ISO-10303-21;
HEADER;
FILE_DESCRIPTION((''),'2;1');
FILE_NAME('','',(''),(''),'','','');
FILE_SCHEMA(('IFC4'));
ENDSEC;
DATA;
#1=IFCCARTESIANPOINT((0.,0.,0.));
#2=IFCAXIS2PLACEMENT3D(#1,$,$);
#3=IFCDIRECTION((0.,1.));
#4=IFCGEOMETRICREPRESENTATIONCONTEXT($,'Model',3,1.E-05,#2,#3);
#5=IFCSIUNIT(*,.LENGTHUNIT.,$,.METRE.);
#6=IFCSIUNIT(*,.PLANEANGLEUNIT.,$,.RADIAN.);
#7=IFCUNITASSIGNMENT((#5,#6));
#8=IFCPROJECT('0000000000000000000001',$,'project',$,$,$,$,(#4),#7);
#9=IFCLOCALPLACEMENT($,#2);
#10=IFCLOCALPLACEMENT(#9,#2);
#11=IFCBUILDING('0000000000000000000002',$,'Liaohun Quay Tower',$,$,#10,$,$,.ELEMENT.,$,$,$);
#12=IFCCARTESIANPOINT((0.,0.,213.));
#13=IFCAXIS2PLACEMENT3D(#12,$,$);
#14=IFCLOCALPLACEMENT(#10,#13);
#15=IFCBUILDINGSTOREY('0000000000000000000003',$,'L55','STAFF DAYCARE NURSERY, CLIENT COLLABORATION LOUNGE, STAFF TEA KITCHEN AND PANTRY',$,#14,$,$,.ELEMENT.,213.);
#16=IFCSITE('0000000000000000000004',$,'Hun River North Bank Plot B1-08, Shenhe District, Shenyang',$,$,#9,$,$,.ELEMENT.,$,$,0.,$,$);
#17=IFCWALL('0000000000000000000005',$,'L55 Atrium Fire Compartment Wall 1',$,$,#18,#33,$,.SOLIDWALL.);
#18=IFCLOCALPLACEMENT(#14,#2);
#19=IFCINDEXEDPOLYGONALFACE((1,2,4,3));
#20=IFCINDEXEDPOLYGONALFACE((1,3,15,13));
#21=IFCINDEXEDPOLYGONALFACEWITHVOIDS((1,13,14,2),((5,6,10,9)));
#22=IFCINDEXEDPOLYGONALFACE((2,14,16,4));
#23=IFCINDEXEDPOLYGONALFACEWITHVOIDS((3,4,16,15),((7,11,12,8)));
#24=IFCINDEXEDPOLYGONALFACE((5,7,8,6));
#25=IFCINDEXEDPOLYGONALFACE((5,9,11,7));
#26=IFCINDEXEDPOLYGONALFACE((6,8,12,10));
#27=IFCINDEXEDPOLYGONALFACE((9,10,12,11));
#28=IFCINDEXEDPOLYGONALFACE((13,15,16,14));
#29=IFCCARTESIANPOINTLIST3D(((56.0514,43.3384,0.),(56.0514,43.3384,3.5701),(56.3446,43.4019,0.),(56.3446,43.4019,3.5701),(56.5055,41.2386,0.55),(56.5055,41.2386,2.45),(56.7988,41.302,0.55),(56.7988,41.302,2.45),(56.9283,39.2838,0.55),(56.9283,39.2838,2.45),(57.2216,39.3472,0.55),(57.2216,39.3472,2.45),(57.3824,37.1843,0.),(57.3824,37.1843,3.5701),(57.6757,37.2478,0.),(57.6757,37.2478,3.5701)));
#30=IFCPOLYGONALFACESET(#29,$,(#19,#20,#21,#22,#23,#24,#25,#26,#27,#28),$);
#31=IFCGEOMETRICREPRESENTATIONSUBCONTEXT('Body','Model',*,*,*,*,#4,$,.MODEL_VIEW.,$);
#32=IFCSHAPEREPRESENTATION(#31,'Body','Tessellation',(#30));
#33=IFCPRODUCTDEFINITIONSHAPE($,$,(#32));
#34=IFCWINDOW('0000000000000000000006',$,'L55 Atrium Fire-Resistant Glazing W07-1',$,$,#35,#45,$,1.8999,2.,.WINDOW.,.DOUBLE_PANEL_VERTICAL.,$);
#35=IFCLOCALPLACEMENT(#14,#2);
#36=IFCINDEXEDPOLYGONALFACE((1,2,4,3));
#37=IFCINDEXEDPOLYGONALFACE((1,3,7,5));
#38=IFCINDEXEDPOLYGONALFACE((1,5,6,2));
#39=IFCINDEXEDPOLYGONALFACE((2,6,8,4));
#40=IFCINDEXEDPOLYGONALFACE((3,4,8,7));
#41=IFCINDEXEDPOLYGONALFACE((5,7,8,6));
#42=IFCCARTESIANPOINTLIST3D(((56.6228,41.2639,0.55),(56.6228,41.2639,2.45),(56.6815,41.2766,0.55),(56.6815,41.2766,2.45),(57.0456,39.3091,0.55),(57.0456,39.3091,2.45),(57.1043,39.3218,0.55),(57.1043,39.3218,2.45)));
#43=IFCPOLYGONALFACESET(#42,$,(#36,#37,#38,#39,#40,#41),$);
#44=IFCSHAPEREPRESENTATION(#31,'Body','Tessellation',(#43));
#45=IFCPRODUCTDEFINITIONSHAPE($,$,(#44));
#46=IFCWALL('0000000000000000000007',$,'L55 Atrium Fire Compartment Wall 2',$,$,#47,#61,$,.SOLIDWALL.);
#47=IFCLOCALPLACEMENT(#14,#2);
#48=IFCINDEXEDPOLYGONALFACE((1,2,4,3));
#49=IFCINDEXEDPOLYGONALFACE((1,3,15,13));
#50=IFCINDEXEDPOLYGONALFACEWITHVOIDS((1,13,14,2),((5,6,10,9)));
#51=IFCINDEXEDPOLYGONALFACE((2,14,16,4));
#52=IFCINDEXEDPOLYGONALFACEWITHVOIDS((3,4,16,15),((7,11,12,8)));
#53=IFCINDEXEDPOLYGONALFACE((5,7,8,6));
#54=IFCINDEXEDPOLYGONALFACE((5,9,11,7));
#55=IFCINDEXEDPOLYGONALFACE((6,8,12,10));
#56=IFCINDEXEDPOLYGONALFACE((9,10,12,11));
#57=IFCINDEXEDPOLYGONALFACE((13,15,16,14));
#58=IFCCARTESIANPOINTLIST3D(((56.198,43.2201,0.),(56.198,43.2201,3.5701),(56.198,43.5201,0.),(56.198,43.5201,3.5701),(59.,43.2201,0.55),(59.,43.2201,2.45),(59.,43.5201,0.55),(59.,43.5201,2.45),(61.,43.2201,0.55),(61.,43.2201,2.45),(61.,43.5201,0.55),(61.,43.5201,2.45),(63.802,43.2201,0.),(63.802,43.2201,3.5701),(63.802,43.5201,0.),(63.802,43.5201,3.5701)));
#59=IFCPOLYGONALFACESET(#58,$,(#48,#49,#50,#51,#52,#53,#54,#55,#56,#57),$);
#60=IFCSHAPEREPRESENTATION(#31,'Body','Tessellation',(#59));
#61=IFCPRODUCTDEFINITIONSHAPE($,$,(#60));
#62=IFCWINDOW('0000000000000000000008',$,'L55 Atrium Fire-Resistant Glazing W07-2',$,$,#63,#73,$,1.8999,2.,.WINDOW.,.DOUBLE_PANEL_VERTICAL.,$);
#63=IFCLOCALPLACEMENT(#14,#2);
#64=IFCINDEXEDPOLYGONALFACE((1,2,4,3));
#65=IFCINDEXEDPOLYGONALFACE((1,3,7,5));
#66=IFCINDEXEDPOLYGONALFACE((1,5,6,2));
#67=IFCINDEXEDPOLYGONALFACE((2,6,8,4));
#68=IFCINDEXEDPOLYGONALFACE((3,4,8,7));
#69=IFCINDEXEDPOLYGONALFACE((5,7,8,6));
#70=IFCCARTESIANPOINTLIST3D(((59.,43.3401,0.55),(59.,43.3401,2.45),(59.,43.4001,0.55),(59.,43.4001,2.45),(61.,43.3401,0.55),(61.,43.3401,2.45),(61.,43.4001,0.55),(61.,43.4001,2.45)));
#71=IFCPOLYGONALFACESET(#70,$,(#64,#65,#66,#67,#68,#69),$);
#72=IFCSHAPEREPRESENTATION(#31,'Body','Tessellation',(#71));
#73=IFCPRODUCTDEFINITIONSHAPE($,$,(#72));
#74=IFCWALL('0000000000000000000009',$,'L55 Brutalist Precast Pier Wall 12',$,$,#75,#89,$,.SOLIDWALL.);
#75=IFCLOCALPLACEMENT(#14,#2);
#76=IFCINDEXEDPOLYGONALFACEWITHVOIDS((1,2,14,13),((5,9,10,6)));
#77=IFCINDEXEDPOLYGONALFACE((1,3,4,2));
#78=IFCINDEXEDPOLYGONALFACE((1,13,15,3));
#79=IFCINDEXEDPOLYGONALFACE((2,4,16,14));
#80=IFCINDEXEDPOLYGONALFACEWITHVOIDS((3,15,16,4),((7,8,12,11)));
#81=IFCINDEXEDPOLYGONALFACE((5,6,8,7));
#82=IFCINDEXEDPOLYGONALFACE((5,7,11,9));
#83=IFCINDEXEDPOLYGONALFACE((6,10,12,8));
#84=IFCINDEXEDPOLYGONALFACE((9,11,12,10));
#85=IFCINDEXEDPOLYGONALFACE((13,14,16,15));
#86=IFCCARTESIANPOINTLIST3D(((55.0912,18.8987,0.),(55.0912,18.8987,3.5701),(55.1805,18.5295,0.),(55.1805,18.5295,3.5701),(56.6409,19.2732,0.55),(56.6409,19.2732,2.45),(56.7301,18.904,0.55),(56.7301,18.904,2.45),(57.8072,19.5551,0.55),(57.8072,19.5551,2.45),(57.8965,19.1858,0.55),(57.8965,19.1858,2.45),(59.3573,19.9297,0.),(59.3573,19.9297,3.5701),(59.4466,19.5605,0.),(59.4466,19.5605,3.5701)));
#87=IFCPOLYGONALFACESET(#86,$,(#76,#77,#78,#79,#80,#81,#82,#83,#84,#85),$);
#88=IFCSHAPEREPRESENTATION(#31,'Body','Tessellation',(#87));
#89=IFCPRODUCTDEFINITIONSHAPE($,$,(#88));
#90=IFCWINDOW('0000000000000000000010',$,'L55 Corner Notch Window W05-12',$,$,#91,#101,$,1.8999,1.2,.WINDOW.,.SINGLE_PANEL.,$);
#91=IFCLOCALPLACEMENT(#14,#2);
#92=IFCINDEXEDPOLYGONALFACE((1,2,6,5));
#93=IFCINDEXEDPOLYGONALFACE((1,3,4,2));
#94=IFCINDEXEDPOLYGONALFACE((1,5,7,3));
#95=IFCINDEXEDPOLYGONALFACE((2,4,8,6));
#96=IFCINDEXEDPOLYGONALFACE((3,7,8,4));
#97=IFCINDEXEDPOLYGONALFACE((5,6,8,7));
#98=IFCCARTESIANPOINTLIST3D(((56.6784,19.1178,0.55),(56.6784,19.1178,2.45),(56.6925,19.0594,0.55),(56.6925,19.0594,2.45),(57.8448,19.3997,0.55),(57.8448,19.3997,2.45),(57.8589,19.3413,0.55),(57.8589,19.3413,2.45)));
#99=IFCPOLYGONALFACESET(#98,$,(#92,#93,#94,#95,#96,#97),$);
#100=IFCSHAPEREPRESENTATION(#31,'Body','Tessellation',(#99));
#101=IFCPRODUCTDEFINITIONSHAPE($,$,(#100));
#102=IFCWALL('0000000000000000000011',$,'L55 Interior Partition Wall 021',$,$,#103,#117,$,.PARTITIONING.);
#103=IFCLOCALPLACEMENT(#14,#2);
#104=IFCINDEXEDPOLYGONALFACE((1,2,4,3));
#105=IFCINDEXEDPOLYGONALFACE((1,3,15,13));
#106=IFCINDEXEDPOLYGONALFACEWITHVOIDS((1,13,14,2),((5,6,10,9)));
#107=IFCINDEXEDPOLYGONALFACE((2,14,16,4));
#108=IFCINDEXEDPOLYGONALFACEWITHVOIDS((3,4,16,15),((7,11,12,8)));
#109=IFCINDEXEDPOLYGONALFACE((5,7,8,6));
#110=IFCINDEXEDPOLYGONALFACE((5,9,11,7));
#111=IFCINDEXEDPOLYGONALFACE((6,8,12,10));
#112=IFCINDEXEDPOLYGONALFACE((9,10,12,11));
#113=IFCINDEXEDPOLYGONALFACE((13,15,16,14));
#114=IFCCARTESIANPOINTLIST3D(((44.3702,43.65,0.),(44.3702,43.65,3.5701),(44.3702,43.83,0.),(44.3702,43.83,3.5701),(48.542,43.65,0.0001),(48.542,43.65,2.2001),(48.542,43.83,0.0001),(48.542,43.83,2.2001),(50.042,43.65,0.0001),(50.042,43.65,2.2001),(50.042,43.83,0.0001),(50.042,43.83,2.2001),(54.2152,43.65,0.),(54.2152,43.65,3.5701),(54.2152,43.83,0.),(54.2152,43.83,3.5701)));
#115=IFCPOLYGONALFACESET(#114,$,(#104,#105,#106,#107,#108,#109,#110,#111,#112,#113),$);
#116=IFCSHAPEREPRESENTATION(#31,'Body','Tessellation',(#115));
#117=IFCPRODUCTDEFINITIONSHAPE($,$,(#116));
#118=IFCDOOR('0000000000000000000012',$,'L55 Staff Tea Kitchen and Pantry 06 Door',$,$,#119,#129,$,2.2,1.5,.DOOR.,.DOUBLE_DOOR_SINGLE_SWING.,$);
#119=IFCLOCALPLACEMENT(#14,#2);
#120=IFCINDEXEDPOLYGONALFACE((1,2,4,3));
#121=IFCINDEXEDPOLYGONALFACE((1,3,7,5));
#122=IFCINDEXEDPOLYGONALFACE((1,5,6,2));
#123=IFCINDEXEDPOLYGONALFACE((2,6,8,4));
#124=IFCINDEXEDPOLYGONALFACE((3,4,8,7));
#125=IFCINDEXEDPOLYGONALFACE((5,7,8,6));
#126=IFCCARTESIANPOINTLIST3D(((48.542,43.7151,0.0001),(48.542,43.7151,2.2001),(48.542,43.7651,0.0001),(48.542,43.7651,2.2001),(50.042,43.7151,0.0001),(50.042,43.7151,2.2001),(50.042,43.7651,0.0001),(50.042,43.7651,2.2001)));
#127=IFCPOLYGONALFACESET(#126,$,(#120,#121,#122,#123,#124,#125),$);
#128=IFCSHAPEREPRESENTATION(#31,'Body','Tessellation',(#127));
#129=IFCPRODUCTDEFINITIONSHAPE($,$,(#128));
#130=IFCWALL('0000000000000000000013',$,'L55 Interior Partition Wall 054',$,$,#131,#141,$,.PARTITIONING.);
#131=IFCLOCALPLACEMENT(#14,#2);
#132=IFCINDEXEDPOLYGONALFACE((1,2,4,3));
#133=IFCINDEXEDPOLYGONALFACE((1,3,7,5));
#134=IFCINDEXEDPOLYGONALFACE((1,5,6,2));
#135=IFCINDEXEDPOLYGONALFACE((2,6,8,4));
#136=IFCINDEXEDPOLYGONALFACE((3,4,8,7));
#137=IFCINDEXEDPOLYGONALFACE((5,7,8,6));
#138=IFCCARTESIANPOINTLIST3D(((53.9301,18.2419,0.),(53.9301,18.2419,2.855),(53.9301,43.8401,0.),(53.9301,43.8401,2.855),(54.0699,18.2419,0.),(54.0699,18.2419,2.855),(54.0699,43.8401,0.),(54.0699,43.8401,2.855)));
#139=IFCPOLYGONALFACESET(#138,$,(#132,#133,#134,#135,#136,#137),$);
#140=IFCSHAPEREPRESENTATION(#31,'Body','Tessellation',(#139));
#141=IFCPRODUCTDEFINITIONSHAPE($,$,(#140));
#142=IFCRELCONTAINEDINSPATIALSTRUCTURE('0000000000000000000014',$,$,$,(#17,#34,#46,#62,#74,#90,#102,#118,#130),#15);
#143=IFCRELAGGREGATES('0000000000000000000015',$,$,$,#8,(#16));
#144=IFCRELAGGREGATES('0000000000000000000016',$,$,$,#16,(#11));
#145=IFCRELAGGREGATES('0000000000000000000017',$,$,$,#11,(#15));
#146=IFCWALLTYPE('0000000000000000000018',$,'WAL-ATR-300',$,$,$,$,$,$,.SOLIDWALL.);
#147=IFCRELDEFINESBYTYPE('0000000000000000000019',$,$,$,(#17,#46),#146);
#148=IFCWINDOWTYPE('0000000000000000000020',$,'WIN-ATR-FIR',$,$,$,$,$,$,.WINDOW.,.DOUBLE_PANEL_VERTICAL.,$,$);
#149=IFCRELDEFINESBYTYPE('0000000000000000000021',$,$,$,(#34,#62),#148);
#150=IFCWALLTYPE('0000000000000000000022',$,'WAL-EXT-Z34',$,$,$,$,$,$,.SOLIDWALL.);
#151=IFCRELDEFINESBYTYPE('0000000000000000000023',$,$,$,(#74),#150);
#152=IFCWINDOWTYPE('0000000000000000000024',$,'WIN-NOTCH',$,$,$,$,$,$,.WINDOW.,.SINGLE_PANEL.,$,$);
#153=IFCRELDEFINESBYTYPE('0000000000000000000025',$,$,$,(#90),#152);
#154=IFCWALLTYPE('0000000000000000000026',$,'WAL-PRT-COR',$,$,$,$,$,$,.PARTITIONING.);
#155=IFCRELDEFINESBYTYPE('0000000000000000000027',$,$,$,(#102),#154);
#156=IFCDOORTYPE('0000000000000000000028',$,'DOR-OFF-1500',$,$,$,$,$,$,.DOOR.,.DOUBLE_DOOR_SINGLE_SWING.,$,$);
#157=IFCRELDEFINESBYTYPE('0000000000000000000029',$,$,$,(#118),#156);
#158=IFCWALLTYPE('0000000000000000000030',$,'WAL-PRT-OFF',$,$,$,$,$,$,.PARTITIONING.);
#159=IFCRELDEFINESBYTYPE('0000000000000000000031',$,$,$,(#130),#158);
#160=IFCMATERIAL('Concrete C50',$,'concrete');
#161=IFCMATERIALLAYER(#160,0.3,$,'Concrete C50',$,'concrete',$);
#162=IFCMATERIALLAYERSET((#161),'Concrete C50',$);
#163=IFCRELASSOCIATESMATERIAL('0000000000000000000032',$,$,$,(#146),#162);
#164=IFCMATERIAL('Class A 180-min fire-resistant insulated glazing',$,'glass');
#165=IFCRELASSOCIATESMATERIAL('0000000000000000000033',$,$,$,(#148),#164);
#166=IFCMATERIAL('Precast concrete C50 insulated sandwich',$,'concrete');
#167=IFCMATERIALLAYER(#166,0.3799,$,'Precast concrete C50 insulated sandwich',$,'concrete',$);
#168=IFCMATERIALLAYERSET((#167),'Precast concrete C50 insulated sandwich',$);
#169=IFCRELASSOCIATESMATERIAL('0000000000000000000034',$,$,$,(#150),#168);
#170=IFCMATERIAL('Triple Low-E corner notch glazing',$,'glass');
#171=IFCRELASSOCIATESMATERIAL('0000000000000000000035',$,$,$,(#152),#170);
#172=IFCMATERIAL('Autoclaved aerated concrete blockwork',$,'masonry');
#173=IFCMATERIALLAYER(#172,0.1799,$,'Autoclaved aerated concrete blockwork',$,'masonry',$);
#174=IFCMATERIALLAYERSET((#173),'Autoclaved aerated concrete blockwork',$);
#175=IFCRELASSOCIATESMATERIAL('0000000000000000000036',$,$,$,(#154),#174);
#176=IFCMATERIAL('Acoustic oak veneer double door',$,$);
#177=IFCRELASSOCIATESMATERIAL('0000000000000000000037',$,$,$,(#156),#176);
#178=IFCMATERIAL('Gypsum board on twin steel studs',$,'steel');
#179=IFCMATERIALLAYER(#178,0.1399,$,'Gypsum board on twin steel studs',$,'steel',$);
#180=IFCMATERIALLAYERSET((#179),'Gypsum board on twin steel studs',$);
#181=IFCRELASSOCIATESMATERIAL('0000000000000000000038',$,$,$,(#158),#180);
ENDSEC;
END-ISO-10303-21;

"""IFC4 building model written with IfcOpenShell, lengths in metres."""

from ifc_helpers import new_model, si_unit, direction, frame, frame_2d, origin, place, context, subcontext, project, spatial, rectangle, extrude, source, transform, mapped, material, layer, layer_set, type_object, element, fill, save


model = new_model("IFC4")

# Units and contexts
model_context = context("Model", 3, precision=1e-05, world=origin(), true_north=direction((0.0, 1.0)))
body_context = subcontext(model_context, "Body", "Model", "MODEL_VIEW")
ifc_project = project(units=[si_unit("LENGTHUNIT", "METRE"), si_unit("PLANEANGLEUNIT", "RADIAN")], contexts=[model_context])

# Site, building, storey
site_placement = place(None, origin())
site = spatial("IfcSite", under=ifc_project, at=site_placement, Name="Hun River North Bank Plot B1-08, Shenhe District, Shenyang", CompositionType="ELEMENT", RefElevation=0.0)
building_placement = place(site_placement, origin())
building = spatial("IfcBuilding", under=site, at=building_placement, Name="Liaohun Quay Tower", CompositionType="ELEMENT")
storey_placement = place(building_placement, frame((0.0, 0.0, 213.0)))
storey = spatial("IfcBuildingStorey", under=building, at=storey_placement, Name="L55", Description="STAFF DAYCARE NURSERY, CLIENT COLLABORATION LOUNGE, STAFF TEA KITCHEN AND PANTRY", CompositionType="ELEMENT", Elevation=213.0)

# Walls, openings, windows
ifc_material_1 = material(Name="Concrete C50", Category="concrete")
ifc_layer_1 = layer(ifc_material_1, 0.3, Name="Concrete C50", Category="concrete")
ifc_layer_set_1 = layer_set([ifc_layer_1], Name="Concrete C50")
wall_type_1 = type_object("IfcWallType", Name="WAL-ATR-300", PredefinedType="SOLIDWALL", material=ifc_layer_set_1)
wall_1_placement = place(storey_placement, frame((57.5291, 37.2161, 0.0), z_axis=(0.0, 0.0, 1.0), x_axis=(-0.211401, 0.977399, 0.0)))
wall_1 = element("IfcWall", 1, at=wall_1_placement, inside=storey, type_object=wall_type_1, Name="L55 Atrium Fire Compartment Wall 1", PredefinedType="SOLIDWALL", context=body_context, shape_type="SweptSolid", body=[
    extrude(rectangle(XDim=6.2964, YDim=0.3, at=frame_2d((3.1482, 0.0))), origin(), (0.0, 0.0, 1.0), 3.5701),
])
shared_shape_1 = source(origin(), body_context, "Body", "SweptSolid", [
    extrude(rectangle(XDim=2.0, YDim=1.8999, at=frame_2d((1.0, 0.95))), frame((0.0, 0.1599, 0.0), z_axis=(0.0, -1.0, 0.0), x_axis=(1.0, 0.0, 0.0)), (0.0, 0.0, 1.0), 0.3201),
])
opening_1_placement = place(wall_1_placement, frame((2.1479, 0.0, 0.55)))
opening_1 = element("IfcOpeningElement", 2, at=opening_1_placement, cuts=wall_1, PredefinedType="OPENING", context=body_context, shape_type="MappedRepresentation", body=[
    mapped(shared_shape_1, transform((0.0, 0.0, 0.0), x_axis=(1.0, 0.0, 0.0), y_axis=(0.0, 1.0, 0.0), z_axis=(0.0, 0.0, 1.0), scale=1.0)),
])
ifc_material_2 = material(Name="Class A 180-min fire-resistant insulated glazing", Category="glass")
window_type_1 = type_object("IfcWindowType", Name="WIN-ATR-FIR", PartitioningType="DOUBLE_PANEL_VERTICAL", PredefinedType="WINDOW", material=ifc_material_2)
shared_shape_2 = source(origin(), body_context, "Body", "SweptSolid", [
    extrude(rectangle(XDim=2.0, YDim=1.8999, at=frame_2d((1.0, 0.95))), frame((0.0, 0.03, 0.0), z_axis=(0.0, -1.0, 0.0), x_axis=(1.0, 0.0, 0.0)), (0.0, 0.0, 1.0), 0.0601),
])
window_1_placement = place(opening_1_placement, origin())
window_1 = element("IfcWindow", 3, at=window_1_placement, inside=storey, type_object=window_type_1, Name="L55 Atrium Fire-Resistant Glazing W07-1", OverallHeight=1.8999, OverallWidth=2.0, PartitioningType="DOUBLE_PANEL_VERTICAL", PredefinedType="WINDOW", context=body_context, shape_type="MappedRepresentation", body=[
    mapped(shared_shape_2, transform((0.0, 0.0, 0.0), x_axis=(1.0, 0.0, 0.0), y_axis=(0.0, 1.0, 0.0), z_axis=(0.0, 0.0, 1.0), scale=1.0)),
])
fill(opening_1, window_1)
wall_2_placement = place(storey_placement, frame((56.198, 43.3701, 0.0), z_axis=(0.0, 0.0, 1.0), x_axis=(1.0, 0.0, 0.0)))
wall_2 = element("IfcWall", 4, at=wall_2_placement, inside=storey, type_object=wall_type_1, Name="L55 Atrium Fire Compartment Wall 2", PredefinedType="SOLIDWALL", context=body_context, shape_type="SweptSolid", body=[
    extrude(rectangle(XDim=7.604, YDim=0.3, at=frame_2d((3.802, 0.0))), origin(), (0.0, 0.0, 1.0), 3.5701),
])
opening_2_placement = place(wall_2_placement, frame((2.802, 0.0, 0.55)))
opening_2 = element("IfcOpeningElement", 5, at=opening_2_placement, cuts=wall_2, PredefinedType="OPENING", context=body_context, shape_type="MappedRepresentation", body=[
    mapped(shared_shape_1, transform((0.0, 0.0, 0.0), x_axis=(1.0, 0.0, 0.0), y_axis=(0.0, 1.0, 0.0), z_axis=(0.0, 0.0, 1.0), scale=1.0)),
])
window_2_placement = place(opening_2_placement, origin())
window_2 = element("IfcWindow", 6, at=window_2_placement, inside=storey, type_object=window_type_1, Name="L55 Atrium Fire-Resistant Glazing W07-2", OverallHeight=1.8999, OverallWidth=2.0, PartitioningType="DOUBLE_PANEL_VERTICAL", PredefinedType="WINDOW", context=body_context, shape_type="MappedRepresentation", body=[
    mapped(shared_shape_2, transform((0.0, 0.0, 0.0), x_axis=(1.0, 0.0, 0.0), y_axis=(0.0, 1.0, 0.0), z_axis=(0.0, 0.0, 1.0), scale=1.0)),
])
fill(opening_2, window_2)
ifc_material_3 = material(Name="Precast concrete C50 insulated sandwich", Category="concrete")
ifc_layer_2 = layer(ifc_material_3, 0.3799, Name="Precast concrete C50 insulated sandwich", Category="concrete")
ifc_layer_set_2 = layer_set([ifc_layer_2], Name="Precast concrete C50 insulated sandwich")
wall_type_2 = type_object("IfcWallType", Name="WAL-EXT-Z34", PredefinedType="SOLIDWALL", material=ifc_layer_set_2)
wall_3_placement = place(storey_placement, frame((55.136, 18.7141, 0.0), z_axis=(0.0, 0.0, 1.0), x_axis=(0.972017, 0.234911, 0.0)))
wall_3 = element("IfcWall", 7, at=wall_3_placement, inside=storey, type_object=wall_type_2, Name="L55 Brutalist Precast Pier Wall 12", PredefinedType="SOLIDWALL", context=body_context, shape_type="SweptSolid", body=[
    extrude(rectangle(XDim=4.3889, YDim=0.3799, at=frame_2d((2.1943, 0.0))), origin(), (0.0, 0.0, 1.0), 3.5701),
])
shared_shape_3 = source(origin(), body_context, "Body", "SweptSolid", [
    extrude(rectangle(XDim=1.2, YDim=1.8999, at=frame_2d((0.6001, 0.95))), frame((0.0, 0.2, 0.0), z_axis=(0.0, -1.0, 0.0), x_axis=(1.0, 0.0, 0.0)), (0.0, 0.0, 1.0), 0.3999),
])
opening_3_placement = place(wall_3_placement, frame((1.594, 0.0, 0.55)))
opening_3 = element("IfcOpeningElement", 8, at=opening_3_placement, cuts=wall_3, PredefinedType="OPENING", context=body_context, shape_type="MappedRepresentation", body=[
    mapped(shared_shape_3, transform((0.0, 0.0, 0.0), x_axis=(1.0, 0.0, 0.0), y_axis=(0.0, 1.0, 0.0), z_axis=(0.0, 0.0, 1.0), scale=1.0)),
])
ifc_material_4 = material(Name="Triple Low-E corner notch glazing", Category="glass")
window_type_2 = type_object("IfcWindowType", Name="WIN-NOTCH", PartitioningType="SINGLE_PANEL", PredefinedType="WINDOW", material=ifc_material_4)
shared_shape_4 = source(origin(), body_context, "Body", "SweptSolid", [
    extrude(rectangle(XDim=1.2, YDim=1.8999, at=frame_2d((0.6001, 0.95))), frame((0.0, 0.03, 0.0), z_axis=(0.0, -1.0, 0.0), x_axis=(1.0, 0.0, 0.0)), (0.0, 0.0, 1.0), 0.0601),
])
window_3_placement = place(opening_3_placement, origin())
window_3 = element("IfcWindow", 9, at=window_3_placement, inside=storey, type_object=window_type_2, Name="L55 Corner Notch Window W05-12", OverallHeight=1.8999, OverallWidth=1.2, PartitioningType="SINGLE_PANEL", PredefinedType="WINDOW", context=body_context, shape_type="MappedRepresentation", body=[
    mapped(shared_shape_4, transform((0.0, 0.0, 0.0), x_axis=(1.0, 0.0, 0.0), y_axis=(0.0, 1.0, 0.0), z_axis=(0.0, 0.0, 1.0), scale=1.0)),
])
fill(opening_3, window_3)

# Wall, opening, door
ifc_material_5 = material(Name="Autoclaved aerated concrete blockwork", Category="masonry")
ifc_layer_3 = layer(ifc_material_5, 0.1799, Name="Autoclaved aerated concrete blockwork", Category="masonry")
ifc_layer_set_3 = layer_set([ifc_layer_3], Name="Autoclaved aerated concrete blockwork")
wall_type_3 = type_object("IfcWallType", Name="WAL-PRT-COR", PredefinedType="PARTITIONING", material=ifc_layer_set_3)
wall_4_placement = place(storey_placement, frame((54.2151, 43.74, 0.0), z_axis=(0.0, 0.0, 1.0), x_axis=(-1.0, 0.0, 0.0)))
wall_4 = element("IfcWall", 10, at=wall_4_placement, inside=storey, type_object=wall_type_3, Name="L55 Interior Partition Wall 021", PredefinedType="PARTITIONING", context=body_context, shape_type="SweptSolid", body=[
    extrude(rectangle(XDim=9.845, YDim=0.1799, at=frame_2d((4.9224, 0.0))), origin(), (0.0, 0.0, 1.0), 3.5701),
])
shared_shape_5 = source(origin(), body_context, "Body", "SweptSolid", [
    extrude(rectangle(XDim=1.5, YDim=2.2, at=frame_2d((0.75, 1.1001))), frame((0.0, 0.0999, 0.0), z_axis=(0.0, -1.0, 0.0), x_axis=(1.0, 0.0, 0.0)), (0.0, 0.0, 1.0), 0.2),
])
opening_4_placement = place(wall_4_placement, frame((4.1731, 0.0, 0.0)))
opening_4 = element("IfcOpeningElement", 11, at=opening_4_placement, cuts=wall_4, PredefinedType="OPENING", context=body_context, shape_type="MappedRepresentation", body=[
    mapped(shared_shape_5, transform((0.0, 0.0, 0.0), x_axis=(1.0, 0.0, 0.0), y_axis=(0.0, 1.0, 0.0), z_axis=(0.0, 0.0, 1.0), scale=1.0)),
])
ifc_material_6 = material(Name="Acoustic oak veneer double door")
door_type = type_object("IfcDoorType", Name="DOR-OFF-1500", OperationType="DOUBLE_DOOR_SINGLE_SWING", PredefinedType="DOOR", material=ifc_material_6)
shared_shape_6 = source(origin(), body_context, "Body", "SweptSolid", [
    extrude(rectangle(XDim=1.5, YDim=2.2, at=frame_2d((0.75, 1.1001))), frame((0.0, 0.0249, 0.0), z_axis=(0.0, -1.0, 0.0), x_axis=(1.0, 0.0, 0.0)), (0.0, 0.0, 1.0), 0.05),
])
door_placement = place(opening_4_placement, origin())
door = element("IfcDoor", 12, at=door_placement, inside=storey, type_object=door_type, Name="L55 Staff Tea Kitchen and Pantry 06 Door", OperationType="DOUBLE_DOOR_SINGLE_SWING", OverallHeight=2.2, OverallWidth=1.5, PredefinedType="DOOR", context=body_context, shape_type="MappedRepresentation", body=[
    mapped(shared_shape_6, transform((0.0, 0.0, 0.0), x_axis=(1.0, 0.0, 0.0), y_axis=(0.0, 1.0, 0.0), z_axis=(0.0, 0.0, 1.0), scale=1.0)),
])
fill(opening_4, door)

# Wall
ifc_material_7 = material(Name="Gypsum board on twin steel studs", Category="steel")
ifc_layer_4 = layer(ifc_material_7, 0.1399, Name="Gypsum board on twin steel studs", Category="steel")
ifc_layer_set_4 = layer_set([ifc_layer_4], Name="Gypsum board on twin steel studs")
wall_type_4 = type_object("IfcWallType", Name="WAL-PRT-OFF", PredefinedType="PARTITIONING", material=ifc_layer_set_4)
wall_5_placement = place(storey_placement, frame((54.0, 43.8401, 0.0), z_axis=(0.0, 0.0, 1.0), x_axis=(0.0, -1.0, 0.0)))
element("IfcWall", 13, at=wall_5_placement, inside=storey, type_object=wall_type_4, Name="L55 Interior Partition Wall 054", PredefinedType="PARTITIONING", context=body_context, shape_type="SweptSolid", body=[
    extrude(rectangle(XDim=25.5981, YDim=0.1399, at=frame_2d((12.7991, 0.0))), origin(), (0.0, 0.0, 1.0), 2.855),
])

save(model, "model.ifc")
